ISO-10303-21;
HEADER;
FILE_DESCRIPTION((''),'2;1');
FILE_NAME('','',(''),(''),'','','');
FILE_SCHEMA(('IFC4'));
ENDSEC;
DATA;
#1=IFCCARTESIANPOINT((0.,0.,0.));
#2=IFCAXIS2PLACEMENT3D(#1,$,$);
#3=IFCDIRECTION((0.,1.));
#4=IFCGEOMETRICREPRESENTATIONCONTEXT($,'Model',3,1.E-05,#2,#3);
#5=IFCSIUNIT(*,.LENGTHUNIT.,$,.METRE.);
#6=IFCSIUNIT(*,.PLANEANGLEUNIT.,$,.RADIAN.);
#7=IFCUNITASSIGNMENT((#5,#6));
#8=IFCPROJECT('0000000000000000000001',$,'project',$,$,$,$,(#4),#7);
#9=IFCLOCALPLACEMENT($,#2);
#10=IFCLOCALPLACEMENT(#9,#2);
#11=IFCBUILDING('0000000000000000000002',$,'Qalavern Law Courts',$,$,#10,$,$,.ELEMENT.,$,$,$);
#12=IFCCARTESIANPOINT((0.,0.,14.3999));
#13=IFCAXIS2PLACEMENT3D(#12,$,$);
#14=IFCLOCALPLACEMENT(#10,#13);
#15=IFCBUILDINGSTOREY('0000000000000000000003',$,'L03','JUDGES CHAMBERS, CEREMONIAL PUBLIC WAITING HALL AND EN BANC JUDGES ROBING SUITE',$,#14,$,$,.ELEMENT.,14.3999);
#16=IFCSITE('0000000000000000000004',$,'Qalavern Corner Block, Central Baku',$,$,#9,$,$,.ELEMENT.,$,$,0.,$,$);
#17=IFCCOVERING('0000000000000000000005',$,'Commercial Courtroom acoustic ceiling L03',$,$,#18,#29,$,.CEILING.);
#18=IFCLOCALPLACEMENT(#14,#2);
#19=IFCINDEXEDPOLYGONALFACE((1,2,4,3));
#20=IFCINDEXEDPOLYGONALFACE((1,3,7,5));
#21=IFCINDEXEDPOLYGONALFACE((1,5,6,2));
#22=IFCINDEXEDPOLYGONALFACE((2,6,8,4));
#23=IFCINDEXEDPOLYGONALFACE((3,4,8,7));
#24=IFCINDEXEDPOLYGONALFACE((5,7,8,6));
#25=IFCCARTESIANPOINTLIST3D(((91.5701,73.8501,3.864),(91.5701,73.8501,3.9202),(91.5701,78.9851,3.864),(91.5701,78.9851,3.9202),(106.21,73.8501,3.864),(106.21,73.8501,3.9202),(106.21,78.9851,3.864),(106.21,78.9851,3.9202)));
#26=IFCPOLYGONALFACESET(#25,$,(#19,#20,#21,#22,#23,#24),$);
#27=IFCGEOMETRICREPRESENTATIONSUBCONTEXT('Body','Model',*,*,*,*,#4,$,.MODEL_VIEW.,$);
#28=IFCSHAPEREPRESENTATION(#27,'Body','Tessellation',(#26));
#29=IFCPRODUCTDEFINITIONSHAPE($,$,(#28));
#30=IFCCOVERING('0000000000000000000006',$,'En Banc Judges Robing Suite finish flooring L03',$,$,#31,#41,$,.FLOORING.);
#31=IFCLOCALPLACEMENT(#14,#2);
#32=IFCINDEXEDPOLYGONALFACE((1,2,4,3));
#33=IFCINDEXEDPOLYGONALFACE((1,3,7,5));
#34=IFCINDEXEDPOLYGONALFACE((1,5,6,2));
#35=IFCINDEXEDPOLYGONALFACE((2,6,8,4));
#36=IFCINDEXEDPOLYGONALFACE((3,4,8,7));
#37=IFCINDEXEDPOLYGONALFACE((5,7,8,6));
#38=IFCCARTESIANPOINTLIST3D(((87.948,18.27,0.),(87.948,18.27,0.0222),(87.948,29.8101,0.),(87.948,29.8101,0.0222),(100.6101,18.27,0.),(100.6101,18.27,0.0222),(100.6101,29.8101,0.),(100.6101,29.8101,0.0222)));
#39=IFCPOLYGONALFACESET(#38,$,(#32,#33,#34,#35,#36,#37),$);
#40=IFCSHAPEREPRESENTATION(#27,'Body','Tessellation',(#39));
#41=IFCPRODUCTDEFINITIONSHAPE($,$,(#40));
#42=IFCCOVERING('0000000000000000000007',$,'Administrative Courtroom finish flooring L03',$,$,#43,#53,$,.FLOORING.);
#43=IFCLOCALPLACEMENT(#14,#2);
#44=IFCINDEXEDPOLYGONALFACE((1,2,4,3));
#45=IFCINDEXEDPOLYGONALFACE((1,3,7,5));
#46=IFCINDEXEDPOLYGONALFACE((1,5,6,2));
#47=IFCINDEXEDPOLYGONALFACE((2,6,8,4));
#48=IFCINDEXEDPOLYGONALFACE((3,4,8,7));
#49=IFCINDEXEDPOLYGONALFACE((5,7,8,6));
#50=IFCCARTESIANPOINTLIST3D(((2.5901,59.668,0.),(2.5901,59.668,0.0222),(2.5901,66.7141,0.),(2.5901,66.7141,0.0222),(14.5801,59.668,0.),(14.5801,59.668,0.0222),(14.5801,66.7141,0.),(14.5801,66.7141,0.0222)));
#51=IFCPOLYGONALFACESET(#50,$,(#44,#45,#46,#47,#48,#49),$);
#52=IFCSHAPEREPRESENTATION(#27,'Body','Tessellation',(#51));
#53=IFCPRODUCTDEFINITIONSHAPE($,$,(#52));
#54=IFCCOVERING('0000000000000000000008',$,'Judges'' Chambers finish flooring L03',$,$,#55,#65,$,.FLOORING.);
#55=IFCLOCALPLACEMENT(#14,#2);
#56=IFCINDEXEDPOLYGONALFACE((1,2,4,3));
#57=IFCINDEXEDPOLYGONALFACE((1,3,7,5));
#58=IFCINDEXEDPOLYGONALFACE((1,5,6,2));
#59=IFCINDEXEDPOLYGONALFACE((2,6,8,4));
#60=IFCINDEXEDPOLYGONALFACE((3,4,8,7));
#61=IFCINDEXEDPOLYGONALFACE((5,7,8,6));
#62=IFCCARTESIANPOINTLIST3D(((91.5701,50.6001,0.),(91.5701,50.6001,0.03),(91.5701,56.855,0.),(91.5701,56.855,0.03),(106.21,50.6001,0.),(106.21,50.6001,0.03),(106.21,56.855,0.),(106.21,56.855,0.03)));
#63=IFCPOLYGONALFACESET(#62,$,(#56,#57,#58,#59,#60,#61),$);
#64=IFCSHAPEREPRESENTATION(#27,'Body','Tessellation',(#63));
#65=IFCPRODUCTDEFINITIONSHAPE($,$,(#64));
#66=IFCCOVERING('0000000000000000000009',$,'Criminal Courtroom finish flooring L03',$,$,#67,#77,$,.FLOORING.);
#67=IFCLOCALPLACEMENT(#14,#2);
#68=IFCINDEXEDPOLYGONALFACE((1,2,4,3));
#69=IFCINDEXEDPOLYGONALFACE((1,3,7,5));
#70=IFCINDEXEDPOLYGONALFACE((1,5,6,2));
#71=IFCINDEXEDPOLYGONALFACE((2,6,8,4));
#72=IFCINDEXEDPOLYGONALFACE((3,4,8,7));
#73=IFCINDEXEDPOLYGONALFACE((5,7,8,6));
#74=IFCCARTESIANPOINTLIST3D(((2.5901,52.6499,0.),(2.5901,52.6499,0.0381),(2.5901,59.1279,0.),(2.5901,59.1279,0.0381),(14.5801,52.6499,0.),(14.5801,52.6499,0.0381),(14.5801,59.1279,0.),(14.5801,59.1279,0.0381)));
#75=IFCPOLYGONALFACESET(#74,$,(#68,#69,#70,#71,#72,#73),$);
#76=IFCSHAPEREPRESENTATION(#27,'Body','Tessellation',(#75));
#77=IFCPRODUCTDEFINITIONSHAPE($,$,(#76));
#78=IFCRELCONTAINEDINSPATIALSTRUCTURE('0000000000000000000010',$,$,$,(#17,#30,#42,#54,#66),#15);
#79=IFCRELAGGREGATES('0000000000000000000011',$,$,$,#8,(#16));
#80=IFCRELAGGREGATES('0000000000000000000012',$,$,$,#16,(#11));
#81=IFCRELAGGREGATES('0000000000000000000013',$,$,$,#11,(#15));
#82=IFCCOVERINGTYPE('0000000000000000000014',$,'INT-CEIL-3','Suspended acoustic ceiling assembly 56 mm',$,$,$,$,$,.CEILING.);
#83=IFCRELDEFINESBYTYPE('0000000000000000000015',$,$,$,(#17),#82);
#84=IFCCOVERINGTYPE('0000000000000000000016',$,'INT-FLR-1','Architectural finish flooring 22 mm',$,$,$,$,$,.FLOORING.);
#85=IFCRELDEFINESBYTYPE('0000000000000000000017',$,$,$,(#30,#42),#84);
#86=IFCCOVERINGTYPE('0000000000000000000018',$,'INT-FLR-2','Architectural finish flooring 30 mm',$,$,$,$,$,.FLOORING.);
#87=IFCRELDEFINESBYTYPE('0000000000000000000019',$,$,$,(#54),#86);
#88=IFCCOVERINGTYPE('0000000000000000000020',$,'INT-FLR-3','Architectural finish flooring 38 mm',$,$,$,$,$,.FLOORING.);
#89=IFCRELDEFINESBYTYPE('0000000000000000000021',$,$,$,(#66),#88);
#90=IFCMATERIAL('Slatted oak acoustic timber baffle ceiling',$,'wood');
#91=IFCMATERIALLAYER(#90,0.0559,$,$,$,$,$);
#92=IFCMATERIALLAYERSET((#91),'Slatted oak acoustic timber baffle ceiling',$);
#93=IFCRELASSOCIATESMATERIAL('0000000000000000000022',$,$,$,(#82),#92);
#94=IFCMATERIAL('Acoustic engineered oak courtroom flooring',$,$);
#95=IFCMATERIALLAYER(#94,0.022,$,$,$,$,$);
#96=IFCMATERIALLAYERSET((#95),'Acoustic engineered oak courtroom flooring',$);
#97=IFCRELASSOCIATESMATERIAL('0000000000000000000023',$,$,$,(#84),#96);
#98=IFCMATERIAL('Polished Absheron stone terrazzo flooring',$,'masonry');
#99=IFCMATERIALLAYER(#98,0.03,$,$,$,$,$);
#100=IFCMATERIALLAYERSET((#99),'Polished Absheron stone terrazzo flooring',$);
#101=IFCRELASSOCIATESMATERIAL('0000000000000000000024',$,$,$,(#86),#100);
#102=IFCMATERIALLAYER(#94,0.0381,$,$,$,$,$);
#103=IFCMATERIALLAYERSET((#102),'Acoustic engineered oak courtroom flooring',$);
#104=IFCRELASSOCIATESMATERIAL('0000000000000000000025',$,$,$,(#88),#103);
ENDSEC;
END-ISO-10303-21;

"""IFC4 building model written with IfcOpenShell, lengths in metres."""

from ifc_helpers import new_model, si_unit, direction, frame, origin, place, context, subcontext, project, spatial, polyline, outline, extrude, material, layer, layer_set, type_object, element, save


model = new_model("IFC4")

# Units and contexts
model_context = context("Model", 3, precision=1e-05, world=origin(), true_north=direction((0.0, 1.0)))
body_context = subcontext(model_context, "Body", "Model", "MODEL_VIEW")
ifc_project = project(units=[si_unit("LENGTHUNIT", "METRE"), si_unit("PLANEANGLEUNIT", "RADIAN")], contexts=[model_context])

# Site, building, storey
site_placement = place(None, origin())
site = spatial("IfcSite", under=ifc_project, at=site_placement, Name="Qalavern Corner Block, Central Baku", CompositionType="ELEMENT", RefElevation=0.0)
building_placement = place(site_placement, origin())
building = spatial("IfcBuilding", under=site, at=building_placement, Name="Qalavern Law Courts", CompositionType="ELEMENT")
storey_placement = place(building_placement, frame((0.0, 0.0, 14.3999)))
storey = spatial("IfcBuildingStorey", under=building, at=storey_placement, Name="L03", Description="JUDGES CHAMBERS, CEREMONIAL PUBLIC WAITING HALL AND EN BANC JUDGES ROBING SUITE", CompositionType="ELEMENT", Elevation=14.3999)

# Coverings
ifc_material_1 = material(Name="Slatted oak acoustic timber baffle ceiling", Category="wood")
ifc_layer_1 = layer(ifc_material_1, 0.0559)
ifc_layer_set_1 = layer_set([ifc_layer_1], Name="Slatted oak acoustic timber baffle ceiling")
covering_type_1 = type_object("IfcCoveringType", Name="INT-CEIL-3", Description="Suspended acoustic ceiling assembly 56 mm", PredefinedType="CEILING", material=ifc_layer_set_1)
covering_1_placement = place(storey_placement, frame((0.0, 0.0, 3.864)))
element("IfcCovering", 1, at=covering_1_placement, inside=storey, type_object=covering_type_1, Name="Commercial Courtroom acoustic ceiling L03", PredefinedType="CEILING", context=body_context, shape_type="SweptSolid", body=[
    extrude(outline(polyline([(91.5701, 73.8501), (106.21, 73.8501), (106.21, 78.9851), (91.5701, 78.9851), (91.5701, 73.8501)])), origin(), (0.0, 0.0, 1.0), 0.0562),
])
ifc_material_2 = material(Name="Acoustic engineered oak courtroom flooring")
ifc_layer_2 = layer(ifc_material_2, 0.022)
ifc_layer_set_2 = layer_set([ifc_layer_2], Name="Acoustic engineered oak courtroom flooring")
covering_type_2 = type_object("IfcCoveringType", Name="INT-FLR-1", Description="Architectural finish flooring 22 mm", PredefinedType="FLOORING", material=ifc_layer_set_2)
covering_2_placement = place(storey_placement, origin())
element("IfcCovering", 2, at=covering_2_placement, inside=storey, type_object=covering_type_2, Name="En Banc Judges Robing Suite finish flooring L03", PredefinedType="FLOORING", context=body_context, shape_type="SweptSolid", body=[
    extrude(outline(polyline([(87.948, 18.27), (100.6101, 18.27), (100.6101, 29.8101), (87.948, 29.8101), (87.948, 18.27)])), origin(), (0.0, 0.0, 1.0), 0.0222),
])
covering_3_placement = place(storey_placement, origin())
element("IfcCovering", 3, at=covering_3_placement, inside=storey, type_object=covering_type_2, Name="Administrative Courtroom finish flooring L03", PredefinedType="FLOORING", context=body_context, shape_type="SweptSolid", body=[
    extrude(outline(polyline([(2.5901, 59.668), (14.5801, 59.668), (14.5801, 66.7141), (2.5901, 66.7141), (2.5901, 59.668)])), origin(), (0.0, 0.0, 1.0), 0.0222),
])
ifc_material_3 = material(Name="Polished Absheron stone terrazzo flooring", Category="masonry")
ifc_layer_3 = layer(ifc_material_3, 0.03)
ifc_layer_set_3 = layer_set([ifc_layer_3], Name="Polished Absheron stone terrazzo flooring")
covering_type_3 = type_object("IfcCoveringType", Name="INT-FLR-2", Description="Architectural finish flooring 30 mm", PredefinedType="FLOORING", material=ifc_layer_set_3)
covering_4_placement = place(storey_placement, origin())
element("IfcCovering", 4, at=covering_4_placement, inside=storey, type_object=covering_type_3, Name="Judges' Chambers finish flooring L03", PredefinedType="FLOORING", context=body_context, shape_type="SweptSolid", body=[
    extrude(outline(polyline([(91.5701, 50.6001), (106.21, 50.6001), (106.21, 56.855), (91.5701, 56.855), (91.5701, 50.6001)])), origin(), (0.0, 0.0, 1.0), 0.03),
])
ifc_layer_4 = layer(ifc_material_2, 0.0381)
ifc_layer_set_4 = layer_set([ifc_layer_4], Name="Acoustic engineered oak courtroom flooring")
covering_type_4 = type_object("IfcCoveringType", Name="INT-FLR-3", Description="Architectural finish flooring 38 mm", PredefinedType="FLOORING", material=ifc_layer_set_4)
covering_5_placement = place(storey_placement, origin())
element("IfcCovering", 5, at=covering_5_placement, inside=storey, type_object=covering_type_4, Name="Criminal Courtroom finish flooring L03", PredefinedType="FLOORING", context=body_context, shape_type="SweptSolid", body=[
    extrude(outline(polyline([(2.5901, 52.6499), (14.5801, 52.6499), (14.5801, 59.1279), (2.5901, 59.1279), (2.5901, 52.6499)])), origin(), (0.0, 0.0, 1.0), 0.0381),
])

save(model, "model.ifc")
